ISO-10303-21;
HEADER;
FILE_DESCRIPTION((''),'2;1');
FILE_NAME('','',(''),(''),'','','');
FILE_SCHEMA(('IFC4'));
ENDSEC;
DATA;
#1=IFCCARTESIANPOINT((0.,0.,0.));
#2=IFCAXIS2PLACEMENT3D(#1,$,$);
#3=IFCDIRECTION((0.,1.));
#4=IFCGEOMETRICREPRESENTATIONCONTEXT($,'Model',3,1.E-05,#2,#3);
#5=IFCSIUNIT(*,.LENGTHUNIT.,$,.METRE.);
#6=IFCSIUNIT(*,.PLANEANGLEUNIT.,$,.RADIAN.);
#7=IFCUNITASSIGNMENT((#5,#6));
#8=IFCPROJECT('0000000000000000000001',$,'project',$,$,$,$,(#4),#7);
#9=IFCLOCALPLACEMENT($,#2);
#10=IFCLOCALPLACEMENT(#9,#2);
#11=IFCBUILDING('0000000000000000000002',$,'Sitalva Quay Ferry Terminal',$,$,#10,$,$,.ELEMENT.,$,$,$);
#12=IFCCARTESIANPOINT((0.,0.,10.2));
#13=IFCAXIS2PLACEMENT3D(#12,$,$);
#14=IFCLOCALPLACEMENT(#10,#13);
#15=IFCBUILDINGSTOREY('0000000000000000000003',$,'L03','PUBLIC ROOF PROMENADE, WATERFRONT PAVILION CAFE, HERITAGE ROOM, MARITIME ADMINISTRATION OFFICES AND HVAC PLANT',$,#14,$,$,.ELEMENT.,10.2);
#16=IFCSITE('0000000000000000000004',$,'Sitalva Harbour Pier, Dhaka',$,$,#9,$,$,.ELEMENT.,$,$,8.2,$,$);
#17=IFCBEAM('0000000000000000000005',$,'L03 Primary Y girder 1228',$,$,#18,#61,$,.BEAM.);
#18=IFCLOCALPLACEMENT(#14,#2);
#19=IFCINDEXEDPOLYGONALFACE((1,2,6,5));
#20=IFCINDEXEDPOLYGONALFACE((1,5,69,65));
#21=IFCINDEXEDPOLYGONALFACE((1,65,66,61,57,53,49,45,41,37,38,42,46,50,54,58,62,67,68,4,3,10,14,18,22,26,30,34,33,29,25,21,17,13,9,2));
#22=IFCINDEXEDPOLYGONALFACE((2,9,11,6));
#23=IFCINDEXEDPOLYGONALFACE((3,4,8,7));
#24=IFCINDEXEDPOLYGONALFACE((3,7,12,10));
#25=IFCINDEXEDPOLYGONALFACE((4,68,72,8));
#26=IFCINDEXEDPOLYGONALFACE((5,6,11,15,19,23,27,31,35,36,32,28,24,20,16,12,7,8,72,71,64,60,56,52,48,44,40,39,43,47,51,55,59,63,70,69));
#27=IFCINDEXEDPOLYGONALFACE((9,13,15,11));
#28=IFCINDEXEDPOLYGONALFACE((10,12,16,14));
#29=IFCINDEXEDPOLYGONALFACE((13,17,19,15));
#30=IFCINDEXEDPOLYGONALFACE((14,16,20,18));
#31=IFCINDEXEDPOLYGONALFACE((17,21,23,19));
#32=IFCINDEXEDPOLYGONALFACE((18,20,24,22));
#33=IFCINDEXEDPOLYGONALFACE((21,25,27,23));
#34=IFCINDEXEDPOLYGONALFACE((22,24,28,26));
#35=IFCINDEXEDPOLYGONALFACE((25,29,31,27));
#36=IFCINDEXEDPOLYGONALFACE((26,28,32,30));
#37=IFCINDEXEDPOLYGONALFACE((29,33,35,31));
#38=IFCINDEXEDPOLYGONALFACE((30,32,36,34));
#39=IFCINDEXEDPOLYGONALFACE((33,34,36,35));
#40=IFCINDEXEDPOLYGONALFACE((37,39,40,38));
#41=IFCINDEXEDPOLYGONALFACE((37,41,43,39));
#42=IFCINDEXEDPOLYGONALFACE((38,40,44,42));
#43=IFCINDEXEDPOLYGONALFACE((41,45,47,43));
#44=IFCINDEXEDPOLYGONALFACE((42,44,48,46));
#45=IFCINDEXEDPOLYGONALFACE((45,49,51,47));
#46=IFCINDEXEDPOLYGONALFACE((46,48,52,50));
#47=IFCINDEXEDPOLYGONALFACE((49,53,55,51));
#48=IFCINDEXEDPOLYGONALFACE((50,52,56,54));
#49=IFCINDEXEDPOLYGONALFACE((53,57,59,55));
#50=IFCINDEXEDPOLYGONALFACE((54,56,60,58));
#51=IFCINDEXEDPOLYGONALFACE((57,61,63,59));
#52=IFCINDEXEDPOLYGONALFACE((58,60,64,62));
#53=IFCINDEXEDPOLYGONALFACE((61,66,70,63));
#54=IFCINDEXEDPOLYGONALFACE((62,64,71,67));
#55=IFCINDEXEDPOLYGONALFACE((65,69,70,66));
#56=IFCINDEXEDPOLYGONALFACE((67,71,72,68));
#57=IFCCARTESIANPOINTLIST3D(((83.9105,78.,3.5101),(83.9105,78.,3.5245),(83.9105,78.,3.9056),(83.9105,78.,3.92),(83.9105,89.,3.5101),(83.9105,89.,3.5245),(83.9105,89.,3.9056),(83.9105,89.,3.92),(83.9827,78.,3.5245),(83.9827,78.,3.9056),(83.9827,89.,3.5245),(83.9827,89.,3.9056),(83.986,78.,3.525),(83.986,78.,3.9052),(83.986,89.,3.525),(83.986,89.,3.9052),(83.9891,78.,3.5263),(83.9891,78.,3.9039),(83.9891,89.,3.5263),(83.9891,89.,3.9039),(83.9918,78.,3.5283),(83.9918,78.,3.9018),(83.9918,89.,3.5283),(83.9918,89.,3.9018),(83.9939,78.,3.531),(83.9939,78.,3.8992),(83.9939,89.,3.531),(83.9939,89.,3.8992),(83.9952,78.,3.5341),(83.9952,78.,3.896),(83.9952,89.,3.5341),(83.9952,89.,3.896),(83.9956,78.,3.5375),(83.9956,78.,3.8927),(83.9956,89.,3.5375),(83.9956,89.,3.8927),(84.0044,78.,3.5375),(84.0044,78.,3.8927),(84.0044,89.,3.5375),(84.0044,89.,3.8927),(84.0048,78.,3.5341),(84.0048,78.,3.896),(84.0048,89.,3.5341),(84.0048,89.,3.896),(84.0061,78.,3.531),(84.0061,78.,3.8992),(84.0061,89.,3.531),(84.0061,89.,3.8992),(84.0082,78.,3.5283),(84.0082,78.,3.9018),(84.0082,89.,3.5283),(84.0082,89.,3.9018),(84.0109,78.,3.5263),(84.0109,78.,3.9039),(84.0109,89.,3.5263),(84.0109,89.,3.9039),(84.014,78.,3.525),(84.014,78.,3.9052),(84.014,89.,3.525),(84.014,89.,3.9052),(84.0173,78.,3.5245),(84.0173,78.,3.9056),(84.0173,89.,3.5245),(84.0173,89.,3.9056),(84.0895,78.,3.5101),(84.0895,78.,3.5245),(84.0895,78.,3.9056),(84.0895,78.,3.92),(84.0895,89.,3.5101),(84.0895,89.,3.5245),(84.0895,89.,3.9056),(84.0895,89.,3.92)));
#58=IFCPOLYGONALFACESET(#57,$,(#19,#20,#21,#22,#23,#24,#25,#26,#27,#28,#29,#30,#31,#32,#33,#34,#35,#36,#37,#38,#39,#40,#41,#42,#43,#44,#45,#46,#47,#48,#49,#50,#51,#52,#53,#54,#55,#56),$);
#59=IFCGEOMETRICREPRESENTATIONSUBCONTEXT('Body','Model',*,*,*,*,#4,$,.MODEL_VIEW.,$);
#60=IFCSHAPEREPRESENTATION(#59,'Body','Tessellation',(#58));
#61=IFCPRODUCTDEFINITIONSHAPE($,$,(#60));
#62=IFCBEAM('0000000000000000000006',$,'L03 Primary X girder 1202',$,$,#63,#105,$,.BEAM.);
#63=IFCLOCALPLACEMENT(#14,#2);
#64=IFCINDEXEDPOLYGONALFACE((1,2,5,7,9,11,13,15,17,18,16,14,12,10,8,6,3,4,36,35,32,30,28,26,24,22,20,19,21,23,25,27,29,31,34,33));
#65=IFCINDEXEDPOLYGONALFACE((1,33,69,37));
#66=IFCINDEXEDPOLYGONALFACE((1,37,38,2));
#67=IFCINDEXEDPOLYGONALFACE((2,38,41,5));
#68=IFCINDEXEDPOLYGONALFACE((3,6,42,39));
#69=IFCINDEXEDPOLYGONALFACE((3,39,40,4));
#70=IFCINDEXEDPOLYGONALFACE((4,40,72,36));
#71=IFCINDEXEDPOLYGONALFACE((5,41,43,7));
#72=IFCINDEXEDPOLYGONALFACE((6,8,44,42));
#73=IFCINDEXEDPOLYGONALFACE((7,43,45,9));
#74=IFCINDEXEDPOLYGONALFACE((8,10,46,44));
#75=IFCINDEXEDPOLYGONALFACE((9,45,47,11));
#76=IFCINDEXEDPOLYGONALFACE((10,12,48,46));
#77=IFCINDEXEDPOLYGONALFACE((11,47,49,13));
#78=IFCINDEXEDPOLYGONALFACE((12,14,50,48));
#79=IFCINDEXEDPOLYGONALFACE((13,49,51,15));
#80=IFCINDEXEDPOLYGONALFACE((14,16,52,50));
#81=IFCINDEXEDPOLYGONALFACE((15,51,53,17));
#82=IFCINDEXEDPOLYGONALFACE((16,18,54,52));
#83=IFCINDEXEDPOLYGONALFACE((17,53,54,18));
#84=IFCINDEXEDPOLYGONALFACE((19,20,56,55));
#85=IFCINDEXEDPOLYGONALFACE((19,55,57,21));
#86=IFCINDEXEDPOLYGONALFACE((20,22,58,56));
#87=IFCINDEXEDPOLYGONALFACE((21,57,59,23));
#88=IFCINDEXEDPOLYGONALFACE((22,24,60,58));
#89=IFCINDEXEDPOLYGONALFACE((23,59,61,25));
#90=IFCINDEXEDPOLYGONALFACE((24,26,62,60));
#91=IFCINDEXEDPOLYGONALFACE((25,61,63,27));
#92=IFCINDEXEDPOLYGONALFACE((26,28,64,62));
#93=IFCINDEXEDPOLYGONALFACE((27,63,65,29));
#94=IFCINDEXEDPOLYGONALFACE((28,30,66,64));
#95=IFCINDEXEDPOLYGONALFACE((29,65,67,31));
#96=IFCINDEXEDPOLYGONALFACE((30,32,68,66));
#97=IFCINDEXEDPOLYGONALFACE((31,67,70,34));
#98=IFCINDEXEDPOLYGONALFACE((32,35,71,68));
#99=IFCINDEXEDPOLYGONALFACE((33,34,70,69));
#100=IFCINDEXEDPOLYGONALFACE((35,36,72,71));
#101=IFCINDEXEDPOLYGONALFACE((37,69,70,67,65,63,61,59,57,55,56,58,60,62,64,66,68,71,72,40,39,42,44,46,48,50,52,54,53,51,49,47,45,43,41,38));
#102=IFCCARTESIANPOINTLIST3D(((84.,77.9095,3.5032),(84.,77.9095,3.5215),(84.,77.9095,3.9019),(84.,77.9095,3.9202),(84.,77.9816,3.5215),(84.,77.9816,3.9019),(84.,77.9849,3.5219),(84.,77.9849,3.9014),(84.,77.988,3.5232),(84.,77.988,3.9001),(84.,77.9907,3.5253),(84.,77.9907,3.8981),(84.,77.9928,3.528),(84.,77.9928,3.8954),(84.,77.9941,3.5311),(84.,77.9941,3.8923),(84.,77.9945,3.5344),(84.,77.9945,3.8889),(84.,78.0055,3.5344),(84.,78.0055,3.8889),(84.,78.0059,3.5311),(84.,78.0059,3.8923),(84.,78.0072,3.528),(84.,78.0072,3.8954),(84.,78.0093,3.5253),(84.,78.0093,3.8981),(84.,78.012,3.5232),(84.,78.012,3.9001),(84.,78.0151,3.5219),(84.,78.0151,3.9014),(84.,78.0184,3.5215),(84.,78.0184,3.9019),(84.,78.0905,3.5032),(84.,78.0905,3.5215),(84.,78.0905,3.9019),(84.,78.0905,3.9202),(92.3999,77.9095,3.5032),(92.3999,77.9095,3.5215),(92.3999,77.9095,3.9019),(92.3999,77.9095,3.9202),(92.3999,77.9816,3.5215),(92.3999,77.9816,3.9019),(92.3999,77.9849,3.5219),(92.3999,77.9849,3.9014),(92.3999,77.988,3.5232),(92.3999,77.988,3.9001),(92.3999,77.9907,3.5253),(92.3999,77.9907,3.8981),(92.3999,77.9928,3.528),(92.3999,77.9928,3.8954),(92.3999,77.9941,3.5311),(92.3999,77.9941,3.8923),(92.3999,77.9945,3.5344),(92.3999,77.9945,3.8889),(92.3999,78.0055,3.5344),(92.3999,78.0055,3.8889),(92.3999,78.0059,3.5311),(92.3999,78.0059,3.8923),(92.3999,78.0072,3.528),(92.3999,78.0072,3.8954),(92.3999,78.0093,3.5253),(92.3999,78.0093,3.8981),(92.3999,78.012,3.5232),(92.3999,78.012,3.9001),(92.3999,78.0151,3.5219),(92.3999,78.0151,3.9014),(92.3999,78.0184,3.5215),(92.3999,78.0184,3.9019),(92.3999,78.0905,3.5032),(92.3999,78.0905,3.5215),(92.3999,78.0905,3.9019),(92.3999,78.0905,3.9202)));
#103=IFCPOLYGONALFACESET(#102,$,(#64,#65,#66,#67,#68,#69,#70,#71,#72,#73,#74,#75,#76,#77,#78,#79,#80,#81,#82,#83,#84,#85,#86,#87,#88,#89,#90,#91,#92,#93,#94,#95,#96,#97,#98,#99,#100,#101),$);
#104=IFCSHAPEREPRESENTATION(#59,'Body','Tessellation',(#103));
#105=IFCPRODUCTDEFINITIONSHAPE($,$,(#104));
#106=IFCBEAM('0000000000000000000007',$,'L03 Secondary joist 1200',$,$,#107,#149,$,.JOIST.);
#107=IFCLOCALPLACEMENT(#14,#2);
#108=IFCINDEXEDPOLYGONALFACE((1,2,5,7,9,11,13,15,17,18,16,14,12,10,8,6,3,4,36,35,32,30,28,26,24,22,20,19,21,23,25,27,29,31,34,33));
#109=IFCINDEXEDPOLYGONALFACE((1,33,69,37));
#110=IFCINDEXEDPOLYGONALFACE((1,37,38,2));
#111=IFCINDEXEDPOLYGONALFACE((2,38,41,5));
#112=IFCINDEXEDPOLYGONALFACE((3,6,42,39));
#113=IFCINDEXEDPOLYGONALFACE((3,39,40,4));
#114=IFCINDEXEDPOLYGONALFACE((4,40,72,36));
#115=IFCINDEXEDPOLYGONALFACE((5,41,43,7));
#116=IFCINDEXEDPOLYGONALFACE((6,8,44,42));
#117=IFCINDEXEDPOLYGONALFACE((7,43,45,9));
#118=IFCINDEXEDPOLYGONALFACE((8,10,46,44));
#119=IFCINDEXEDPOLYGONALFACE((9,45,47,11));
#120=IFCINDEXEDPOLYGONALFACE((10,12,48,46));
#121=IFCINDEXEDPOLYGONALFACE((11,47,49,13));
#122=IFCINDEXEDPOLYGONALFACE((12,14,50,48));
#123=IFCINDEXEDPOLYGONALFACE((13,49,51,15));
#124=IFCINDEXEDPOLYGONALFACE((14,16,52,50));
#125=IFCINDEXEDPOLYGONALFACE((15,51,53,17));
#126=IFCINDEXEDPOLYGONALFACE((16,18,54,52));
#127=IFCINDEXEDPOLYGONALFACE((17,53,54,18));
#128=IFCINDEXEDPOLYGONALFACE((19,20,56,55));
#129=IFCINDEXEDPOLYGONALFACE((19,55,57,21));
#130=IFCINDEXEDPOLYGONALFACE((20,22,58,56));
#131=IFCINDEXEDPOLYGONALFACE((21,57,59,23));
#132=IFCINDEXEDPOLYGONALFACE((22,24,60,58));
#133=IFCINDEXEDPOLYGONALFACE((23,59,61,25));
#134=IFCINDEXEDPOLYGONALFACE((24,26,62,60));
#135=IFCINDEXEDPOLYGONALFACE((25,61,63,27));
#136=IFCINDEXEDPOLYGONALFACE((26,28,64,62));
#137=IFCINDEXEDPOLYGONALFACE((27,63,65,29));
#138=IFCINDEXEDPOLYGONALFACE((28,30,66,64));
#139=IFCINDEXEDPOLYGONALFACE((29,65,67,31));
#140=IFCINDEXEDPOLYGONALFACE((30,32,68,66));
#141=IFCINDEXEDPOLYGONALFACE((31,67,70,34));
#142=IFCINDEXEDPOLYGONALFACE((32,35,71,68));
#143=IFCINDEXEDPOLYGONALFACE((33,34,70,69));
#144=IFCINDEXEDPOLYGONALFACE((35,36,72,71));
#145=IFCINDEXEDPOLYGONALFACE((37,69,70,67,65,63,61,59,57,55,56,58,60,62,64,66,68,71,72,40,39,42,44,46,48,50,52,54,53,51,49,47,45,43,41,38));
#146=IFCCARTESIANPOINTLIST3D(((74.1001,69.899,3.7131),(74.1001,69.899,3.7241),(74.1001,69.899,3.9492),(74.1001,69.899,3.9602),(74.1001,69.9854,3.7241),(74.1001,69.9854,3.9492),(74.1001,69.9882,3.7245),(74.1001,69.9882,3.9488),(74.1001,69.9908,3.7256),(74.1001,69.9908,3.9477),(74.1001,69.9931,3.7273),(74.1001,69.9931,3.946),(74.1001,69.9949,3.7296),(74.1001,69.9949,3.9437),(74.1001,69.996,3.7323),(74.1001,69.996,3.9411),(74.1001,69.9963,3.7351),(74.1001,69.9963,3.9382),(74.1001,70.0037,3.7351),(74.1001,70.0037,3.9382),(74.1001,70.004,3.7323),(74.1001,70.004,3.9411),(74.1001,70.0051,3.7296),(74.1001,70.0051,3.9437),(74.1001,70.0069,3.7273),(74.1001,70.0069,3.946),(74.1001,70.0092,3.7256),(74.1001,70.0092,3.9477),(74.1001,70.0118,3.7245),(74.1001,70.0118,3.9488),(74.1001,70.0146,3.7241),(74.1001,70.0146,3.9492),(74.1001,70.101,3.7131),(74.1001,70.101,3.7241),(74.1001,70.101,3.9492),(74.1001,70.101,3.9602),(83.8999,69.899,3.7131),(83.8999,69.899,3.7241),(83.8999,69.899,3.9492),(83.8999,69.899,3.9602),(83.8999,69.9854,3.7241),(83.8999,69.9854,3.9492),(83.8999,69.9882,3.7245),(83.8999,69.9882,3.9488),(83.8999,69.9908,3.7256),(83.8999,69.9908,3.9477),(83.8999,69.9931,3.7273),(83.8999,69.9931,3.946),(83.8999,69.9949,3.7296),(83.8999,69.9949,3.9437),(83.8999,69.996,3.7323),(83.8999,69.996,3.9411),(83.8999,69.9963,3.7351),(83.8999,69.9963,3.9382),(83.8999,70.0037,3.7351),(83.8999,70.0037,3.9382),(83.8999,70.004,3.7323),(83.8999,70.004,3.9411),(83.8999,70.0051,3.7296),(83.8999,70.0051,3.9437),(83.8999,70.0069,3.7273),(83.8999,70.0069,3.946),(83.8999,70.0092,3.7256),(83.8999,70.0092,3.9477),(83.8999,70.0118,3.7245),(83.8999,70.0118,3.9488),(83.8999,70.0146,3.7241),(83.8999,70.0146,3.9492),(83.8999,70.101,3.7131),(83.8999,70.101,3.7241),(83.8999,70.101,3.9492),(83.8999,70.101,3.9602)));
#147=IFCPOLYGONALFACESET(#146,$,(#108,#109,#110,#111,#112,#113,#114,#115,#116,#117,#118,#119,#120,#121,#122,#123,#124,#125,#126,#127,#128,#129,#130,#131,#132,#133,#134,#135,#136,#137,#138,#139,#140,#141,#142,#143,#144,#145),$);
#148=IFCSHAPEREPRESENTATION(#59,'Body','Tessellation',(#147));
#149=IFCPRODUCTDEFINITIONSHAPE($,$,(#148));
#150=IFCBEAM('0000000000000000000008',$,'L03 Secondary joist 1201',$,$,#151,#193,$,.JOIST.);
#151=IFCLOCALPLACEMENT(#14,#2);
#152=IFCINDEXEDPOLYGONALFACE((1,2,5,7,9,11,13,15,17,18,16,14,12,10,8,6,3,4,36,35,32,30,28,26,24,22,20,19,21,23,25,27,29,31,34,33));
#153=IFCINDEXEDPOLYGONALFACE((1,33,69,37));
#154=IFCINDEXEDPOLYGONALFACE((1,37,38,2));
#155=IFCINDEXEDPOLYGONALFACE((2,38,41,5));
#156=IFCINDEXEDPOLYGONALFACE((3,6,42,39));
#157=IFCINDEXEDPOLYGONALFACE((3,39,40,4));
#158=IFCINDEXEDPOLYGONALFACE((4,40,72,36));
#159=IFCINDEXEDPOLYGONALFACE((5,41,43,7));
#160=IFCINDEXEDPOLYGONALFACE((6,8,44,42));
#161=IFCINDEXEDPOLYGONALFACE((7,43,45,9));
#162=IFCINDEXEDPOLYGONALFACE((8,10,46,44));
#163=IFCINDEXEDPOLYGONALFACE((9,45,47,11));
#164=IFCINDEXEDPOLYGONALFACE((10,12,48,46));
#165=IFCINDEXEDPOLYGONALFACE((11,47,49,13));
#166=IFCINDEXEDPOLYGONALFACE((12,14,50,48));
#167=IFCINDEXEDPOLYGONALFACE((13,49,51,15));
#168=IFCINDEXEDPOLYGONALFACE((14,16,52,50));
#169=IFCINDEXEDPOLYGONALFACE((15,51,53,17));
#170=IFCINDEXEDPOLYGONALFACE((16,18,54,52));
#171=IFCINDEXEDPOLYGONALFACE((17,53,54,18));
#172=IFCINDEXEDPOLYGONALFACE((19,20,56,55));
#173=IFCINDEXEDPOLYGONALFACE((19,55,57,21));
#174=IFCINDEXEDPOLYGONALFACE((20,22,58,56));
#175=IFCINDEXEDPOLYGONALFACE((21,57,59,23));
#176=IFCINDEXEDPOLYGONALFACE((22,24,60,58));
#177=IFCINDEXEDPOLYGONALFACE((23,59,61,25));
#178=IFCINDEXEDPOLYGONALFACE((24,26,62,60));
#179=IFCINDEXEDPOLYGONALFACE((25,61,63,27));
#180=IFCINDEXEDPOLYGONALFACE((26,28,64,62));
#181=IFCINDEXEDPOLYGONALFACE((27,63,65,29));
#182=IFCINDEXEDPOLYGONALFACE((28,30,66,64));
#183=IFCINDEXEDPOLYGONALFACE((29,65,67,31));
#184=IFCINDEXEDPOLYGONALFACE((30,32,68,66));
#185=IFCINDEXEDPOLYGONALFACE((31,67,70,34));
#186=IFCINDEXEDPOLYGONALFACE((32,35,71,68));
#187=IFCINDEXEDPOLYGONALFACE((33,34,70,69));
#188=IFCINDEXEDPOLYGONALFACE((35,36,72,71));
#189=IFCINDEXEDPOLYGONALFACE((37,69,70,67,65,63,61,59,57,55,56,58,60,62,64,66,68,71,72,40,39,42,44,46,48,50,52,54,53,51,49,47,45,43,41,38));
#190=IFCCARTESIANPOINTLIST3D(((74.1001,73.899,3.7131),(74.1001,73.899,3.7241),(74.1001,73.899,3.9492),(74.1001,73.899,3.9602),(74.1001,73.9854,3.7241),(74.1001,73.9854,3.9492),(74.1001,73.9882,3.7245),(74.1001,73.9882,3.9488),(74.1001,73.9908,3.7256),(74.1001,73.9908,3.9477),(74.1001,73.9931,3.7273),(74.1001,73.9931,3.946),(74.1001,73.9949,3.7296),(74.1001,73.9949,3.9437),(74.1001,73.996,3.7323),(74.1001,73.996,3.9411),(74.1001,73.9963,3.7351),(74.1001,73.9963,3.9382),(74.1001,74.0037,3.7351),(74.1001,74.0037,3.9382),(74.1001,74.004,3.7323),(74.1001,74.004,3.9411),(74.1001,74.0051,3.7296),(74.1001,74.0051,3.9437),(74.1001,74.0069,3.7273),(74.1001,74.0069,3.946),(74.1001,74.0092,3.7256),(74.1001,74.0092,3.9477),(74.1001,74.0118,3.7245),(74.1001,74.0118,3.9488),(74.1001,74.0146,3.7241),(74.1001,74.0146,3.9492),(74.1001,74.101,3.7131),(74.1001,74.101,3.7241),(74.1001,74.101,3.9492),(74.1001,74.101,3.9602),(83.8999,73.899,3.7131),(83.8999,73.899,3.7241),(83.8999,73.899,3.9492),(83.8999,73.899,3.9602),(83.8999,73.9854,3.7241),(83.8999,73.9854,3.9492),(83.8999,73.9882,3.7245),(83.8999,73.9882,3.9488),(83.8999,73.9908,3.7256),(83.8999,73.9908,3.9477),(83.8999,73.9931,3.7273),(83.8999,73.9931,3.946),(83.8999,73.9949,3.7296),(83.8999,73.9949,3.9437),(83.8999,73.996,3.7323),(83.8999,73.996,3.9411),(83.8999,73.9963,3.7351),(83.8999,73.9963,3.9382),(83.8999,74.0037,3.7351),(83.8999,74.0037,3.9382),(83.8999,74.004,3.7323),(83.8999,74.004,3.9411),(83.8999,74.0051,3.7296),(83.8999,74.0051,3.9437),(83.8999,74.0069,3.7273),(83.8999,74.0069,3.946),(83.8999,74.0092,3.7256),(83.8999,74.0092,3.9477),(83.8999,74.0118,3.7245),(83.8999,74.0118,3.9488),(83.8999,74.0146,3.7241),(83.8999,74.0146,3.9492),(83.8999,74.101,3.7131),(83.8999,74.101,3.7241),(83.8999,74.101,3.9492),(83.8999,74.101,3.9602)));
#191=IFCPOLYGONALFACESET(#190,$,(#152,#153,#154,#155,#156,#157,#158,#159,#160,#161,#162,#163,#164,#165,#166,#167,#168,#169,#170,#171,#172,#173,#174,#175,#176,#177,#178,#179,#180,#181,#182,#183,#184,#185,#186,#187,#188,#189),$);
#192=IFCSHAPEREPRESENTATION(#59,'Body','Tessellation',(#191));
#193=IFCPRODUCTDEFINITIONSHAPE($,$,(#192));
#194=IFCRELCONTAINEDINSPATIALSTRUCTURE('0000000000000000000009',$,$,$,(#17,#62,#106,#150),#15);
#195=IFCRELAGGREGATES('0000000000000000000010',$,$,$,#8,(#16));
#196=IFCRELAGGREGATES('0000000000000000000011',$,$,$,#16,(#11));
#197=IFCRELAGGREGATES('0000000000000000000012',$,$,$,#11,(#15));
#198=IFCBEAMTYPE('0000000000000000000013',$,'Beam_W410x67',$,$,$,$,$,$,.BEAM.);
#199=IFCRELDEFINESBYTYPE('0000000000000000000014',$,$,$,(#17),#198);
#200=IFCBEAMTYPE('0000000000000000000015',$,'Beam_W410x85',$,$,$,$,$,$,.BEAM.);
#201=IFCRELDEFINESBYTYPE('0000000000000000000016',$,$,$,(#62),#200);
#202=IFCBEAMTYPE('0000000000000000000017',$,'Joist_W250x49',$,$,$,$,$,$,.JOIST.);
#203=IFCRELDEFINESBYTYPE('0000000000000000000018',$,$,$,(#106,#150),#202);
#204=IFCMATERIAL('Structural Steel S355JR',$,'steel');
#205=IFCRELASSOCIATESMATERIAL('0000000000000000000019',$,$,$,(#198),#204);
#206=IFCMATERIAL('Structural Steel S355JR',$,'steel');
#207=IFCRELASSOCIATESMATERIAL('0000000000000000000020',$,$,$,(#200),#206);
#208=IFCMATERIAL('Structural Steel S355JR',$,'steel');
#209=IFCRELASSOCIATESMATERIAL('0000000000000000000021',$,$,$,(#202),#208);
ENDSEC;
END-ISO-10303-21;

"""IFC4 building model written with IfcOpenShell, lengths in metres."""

from ifc_helpers import new_model, si_unit, direction, frame, origin, origin_2d, place, context, subcontext, project, spatial, i_section, extrude, material, material_profile, profile_set, type_object, element, save


model = new_model("IFC4")

# Units and contexts
model_context = context("Model", 3, precision=1e-05, world=origin(), true_north=direction((0.0, 1.0)))
body_context = subcontext(model_context, "Body", "Model", "MODEL_VIEW")
ifc_project = project(units=[si_unit("LENGTHUNIT", "METRE"), si_unit("PLANEANGLEUNIT", "RADIAN")], contexts=[model_context])

# Site, building, storey
site_placement = place(None, origin())
site = spatial("IfcSite", under=ifc_project, at=site_placement, Name="Sitalva Harbour Pier, Dhaka", CompositionType="ELEMENT", RefElevation=8.2)
building_placement = place(site_placement, origin())
building = spatial("IfcBuilding", under=site, at=building_placement, Name="Sitalva Quay Ferry Terminal", CompositionType="ELEMENT")
storey_placement = place(building_placement, frame((0.0, 0.0, 10.2)))
storey = spatial("IfcBuildingStorey", under=building, at=storey_placement, Name="L03", Description="PUBLIC ROOF PROMENADE, WATERFRONT PAVILION CAFE, HERITAGE ROOM, MARITIME ADMINISTRATION OFFICES AND HVAC PLANT", CompositionType="ELEMENT", Elevation=10.2)

# Beams
ifc_material_1 = material(Name="Structural Steel S355JR", Category="steel")
ifc_material_profile_1 = material_profile(ifc_material_1, i_section(OverallWidth=0.179, OverallDepth=0.4099, WebThickness=0.0088, FlangeThickness=0.0144, FilletRadius=0.0129, at=origin_2d()), Name="W410x67")
ifc_profile_set_1 = profile_set([ifc_material_profile_1], Name="Structural Steel S355JR")
beam_type_1 = type_object("IfcBeamType", Name="Beam_W410x67", PredefinedType="BEAM", material=ifc_profile_set_1)
beam_1_placement = place(storey_placement, frame((84.0, 78.0, 3.7151), z_axis=(0.0, 1.0, 0.0), x_axis=(-1.0, 0.0, 0.0)))
element("IfcBeam", 1, at=beam_1_placement, inside=storey, type_object=beam_type_1, Name="L03 Primary Y girder 1228", PredefinedType="BEAM", context=body_context, shape_type="SweptSolid", body=[
    extrude(i_section(OverallWidth=0.179, OverallDepth=0.4099, WebThickness=0.0088, FlangeThickness=0.0144, FilletRadius=0.0129, at=origin_2d()), origin(), (0.0, 0.0, 1.0), 11.0),
])
ifc_material_2 = material(Name="Structural Steel S355JR", Category="steel")
ifc_material_profile_2 = material_profile(ifc_material_2, i_section(OverallWidth=0.1809, OverallDepth=0.417, WebThickness=0.011, FlangeThickness=0.0183, FilletRadius=0.0129, at=origin_2d()), Name="W410x85")
ifc_profile_set_2 = profile_set([ifc_material_profile_2], Name="Structural Steel S355JR")
beam_type_2 = type_object("IfcBeamType", Name="Beam_W410x85", PredefinedType="BEAM", material=ifc_profile_set_2)
beam_2_placement = place(storey_placement, frame((84.0, 78.0, 3.7117), z_axis=(1.0, 0.0, 0.0), x_axis=(0.0, 1.0, 0.0)))
element("IfcBeam", 2, at=beam_2_placement, inside=storey, type_object=beam_type_2, Name="L03 Primary X girder 1202", PredefinedType="BEAM", context=body_context, shape_type="SweptSolid", body=[
    extrude(i_section(OverallWidth=0.1809, OverallDepth=0.417, WebThickness=0.011, FlangeThickness=0.0183, FilletRadius=0.0129, at=origin_2d()), origin(), (0.0, 0.0, 1.0), 8.3999),
])
ifc_material_3 = material(Name="Structural Steel S355JR", Category="steel")
ifc_material_profile_3 = material_profile(ifc_material_3, i_section(OverallWidth=0.2019, OverallDepth=0.2471, WebThickness=0.0073, FlangeThickness=0.011, FilletRadius=0.011, at=origin_2d()), Name="W250x49")
ifc_profile_set_3 = profile_set([ifc_material_profile_3], Name="Structural Steel S355JR")
beam_type_3 = type_object("IfcBeamType", Name="Joist_W250x49", PredefinedType="JOIST", material=ifc_profile_set_3)
for number, where, z_axis, x_axis, name in (
    (3, (74.1001, 70.0, 3.8367), (1.0, 0.0, 0.0), (0.0, 1.0, 0.0), "L03 Secondary joist 1200"),
    (4, (74.1001, 74.0, 3.8367), (1.0, 0.0, 0.0), (0.0, 1.0, 0.0), "L03 Secondary joist 1201"),
):
    element("IfcBeam", number, at=place(storey_placement, frame(where, z_axis=z_axis, x_axis=x_axis)), inside=storey, type_object=beam_type_3, Name=name, PredefinedType="JOIST", context=body_context, shape_type="SweptSolid", body=[
        extrude(i_section(OverallWidth=0.2019, OverallDepth=0.2471, WebThickness=0.0073, FlangeThickness=0.011, FilletRadius=0.011, at=origin_2d()), origin(), (0.0, 0.0, 1.0), 9.7998),
    ])

save(model, "model.ifc")
